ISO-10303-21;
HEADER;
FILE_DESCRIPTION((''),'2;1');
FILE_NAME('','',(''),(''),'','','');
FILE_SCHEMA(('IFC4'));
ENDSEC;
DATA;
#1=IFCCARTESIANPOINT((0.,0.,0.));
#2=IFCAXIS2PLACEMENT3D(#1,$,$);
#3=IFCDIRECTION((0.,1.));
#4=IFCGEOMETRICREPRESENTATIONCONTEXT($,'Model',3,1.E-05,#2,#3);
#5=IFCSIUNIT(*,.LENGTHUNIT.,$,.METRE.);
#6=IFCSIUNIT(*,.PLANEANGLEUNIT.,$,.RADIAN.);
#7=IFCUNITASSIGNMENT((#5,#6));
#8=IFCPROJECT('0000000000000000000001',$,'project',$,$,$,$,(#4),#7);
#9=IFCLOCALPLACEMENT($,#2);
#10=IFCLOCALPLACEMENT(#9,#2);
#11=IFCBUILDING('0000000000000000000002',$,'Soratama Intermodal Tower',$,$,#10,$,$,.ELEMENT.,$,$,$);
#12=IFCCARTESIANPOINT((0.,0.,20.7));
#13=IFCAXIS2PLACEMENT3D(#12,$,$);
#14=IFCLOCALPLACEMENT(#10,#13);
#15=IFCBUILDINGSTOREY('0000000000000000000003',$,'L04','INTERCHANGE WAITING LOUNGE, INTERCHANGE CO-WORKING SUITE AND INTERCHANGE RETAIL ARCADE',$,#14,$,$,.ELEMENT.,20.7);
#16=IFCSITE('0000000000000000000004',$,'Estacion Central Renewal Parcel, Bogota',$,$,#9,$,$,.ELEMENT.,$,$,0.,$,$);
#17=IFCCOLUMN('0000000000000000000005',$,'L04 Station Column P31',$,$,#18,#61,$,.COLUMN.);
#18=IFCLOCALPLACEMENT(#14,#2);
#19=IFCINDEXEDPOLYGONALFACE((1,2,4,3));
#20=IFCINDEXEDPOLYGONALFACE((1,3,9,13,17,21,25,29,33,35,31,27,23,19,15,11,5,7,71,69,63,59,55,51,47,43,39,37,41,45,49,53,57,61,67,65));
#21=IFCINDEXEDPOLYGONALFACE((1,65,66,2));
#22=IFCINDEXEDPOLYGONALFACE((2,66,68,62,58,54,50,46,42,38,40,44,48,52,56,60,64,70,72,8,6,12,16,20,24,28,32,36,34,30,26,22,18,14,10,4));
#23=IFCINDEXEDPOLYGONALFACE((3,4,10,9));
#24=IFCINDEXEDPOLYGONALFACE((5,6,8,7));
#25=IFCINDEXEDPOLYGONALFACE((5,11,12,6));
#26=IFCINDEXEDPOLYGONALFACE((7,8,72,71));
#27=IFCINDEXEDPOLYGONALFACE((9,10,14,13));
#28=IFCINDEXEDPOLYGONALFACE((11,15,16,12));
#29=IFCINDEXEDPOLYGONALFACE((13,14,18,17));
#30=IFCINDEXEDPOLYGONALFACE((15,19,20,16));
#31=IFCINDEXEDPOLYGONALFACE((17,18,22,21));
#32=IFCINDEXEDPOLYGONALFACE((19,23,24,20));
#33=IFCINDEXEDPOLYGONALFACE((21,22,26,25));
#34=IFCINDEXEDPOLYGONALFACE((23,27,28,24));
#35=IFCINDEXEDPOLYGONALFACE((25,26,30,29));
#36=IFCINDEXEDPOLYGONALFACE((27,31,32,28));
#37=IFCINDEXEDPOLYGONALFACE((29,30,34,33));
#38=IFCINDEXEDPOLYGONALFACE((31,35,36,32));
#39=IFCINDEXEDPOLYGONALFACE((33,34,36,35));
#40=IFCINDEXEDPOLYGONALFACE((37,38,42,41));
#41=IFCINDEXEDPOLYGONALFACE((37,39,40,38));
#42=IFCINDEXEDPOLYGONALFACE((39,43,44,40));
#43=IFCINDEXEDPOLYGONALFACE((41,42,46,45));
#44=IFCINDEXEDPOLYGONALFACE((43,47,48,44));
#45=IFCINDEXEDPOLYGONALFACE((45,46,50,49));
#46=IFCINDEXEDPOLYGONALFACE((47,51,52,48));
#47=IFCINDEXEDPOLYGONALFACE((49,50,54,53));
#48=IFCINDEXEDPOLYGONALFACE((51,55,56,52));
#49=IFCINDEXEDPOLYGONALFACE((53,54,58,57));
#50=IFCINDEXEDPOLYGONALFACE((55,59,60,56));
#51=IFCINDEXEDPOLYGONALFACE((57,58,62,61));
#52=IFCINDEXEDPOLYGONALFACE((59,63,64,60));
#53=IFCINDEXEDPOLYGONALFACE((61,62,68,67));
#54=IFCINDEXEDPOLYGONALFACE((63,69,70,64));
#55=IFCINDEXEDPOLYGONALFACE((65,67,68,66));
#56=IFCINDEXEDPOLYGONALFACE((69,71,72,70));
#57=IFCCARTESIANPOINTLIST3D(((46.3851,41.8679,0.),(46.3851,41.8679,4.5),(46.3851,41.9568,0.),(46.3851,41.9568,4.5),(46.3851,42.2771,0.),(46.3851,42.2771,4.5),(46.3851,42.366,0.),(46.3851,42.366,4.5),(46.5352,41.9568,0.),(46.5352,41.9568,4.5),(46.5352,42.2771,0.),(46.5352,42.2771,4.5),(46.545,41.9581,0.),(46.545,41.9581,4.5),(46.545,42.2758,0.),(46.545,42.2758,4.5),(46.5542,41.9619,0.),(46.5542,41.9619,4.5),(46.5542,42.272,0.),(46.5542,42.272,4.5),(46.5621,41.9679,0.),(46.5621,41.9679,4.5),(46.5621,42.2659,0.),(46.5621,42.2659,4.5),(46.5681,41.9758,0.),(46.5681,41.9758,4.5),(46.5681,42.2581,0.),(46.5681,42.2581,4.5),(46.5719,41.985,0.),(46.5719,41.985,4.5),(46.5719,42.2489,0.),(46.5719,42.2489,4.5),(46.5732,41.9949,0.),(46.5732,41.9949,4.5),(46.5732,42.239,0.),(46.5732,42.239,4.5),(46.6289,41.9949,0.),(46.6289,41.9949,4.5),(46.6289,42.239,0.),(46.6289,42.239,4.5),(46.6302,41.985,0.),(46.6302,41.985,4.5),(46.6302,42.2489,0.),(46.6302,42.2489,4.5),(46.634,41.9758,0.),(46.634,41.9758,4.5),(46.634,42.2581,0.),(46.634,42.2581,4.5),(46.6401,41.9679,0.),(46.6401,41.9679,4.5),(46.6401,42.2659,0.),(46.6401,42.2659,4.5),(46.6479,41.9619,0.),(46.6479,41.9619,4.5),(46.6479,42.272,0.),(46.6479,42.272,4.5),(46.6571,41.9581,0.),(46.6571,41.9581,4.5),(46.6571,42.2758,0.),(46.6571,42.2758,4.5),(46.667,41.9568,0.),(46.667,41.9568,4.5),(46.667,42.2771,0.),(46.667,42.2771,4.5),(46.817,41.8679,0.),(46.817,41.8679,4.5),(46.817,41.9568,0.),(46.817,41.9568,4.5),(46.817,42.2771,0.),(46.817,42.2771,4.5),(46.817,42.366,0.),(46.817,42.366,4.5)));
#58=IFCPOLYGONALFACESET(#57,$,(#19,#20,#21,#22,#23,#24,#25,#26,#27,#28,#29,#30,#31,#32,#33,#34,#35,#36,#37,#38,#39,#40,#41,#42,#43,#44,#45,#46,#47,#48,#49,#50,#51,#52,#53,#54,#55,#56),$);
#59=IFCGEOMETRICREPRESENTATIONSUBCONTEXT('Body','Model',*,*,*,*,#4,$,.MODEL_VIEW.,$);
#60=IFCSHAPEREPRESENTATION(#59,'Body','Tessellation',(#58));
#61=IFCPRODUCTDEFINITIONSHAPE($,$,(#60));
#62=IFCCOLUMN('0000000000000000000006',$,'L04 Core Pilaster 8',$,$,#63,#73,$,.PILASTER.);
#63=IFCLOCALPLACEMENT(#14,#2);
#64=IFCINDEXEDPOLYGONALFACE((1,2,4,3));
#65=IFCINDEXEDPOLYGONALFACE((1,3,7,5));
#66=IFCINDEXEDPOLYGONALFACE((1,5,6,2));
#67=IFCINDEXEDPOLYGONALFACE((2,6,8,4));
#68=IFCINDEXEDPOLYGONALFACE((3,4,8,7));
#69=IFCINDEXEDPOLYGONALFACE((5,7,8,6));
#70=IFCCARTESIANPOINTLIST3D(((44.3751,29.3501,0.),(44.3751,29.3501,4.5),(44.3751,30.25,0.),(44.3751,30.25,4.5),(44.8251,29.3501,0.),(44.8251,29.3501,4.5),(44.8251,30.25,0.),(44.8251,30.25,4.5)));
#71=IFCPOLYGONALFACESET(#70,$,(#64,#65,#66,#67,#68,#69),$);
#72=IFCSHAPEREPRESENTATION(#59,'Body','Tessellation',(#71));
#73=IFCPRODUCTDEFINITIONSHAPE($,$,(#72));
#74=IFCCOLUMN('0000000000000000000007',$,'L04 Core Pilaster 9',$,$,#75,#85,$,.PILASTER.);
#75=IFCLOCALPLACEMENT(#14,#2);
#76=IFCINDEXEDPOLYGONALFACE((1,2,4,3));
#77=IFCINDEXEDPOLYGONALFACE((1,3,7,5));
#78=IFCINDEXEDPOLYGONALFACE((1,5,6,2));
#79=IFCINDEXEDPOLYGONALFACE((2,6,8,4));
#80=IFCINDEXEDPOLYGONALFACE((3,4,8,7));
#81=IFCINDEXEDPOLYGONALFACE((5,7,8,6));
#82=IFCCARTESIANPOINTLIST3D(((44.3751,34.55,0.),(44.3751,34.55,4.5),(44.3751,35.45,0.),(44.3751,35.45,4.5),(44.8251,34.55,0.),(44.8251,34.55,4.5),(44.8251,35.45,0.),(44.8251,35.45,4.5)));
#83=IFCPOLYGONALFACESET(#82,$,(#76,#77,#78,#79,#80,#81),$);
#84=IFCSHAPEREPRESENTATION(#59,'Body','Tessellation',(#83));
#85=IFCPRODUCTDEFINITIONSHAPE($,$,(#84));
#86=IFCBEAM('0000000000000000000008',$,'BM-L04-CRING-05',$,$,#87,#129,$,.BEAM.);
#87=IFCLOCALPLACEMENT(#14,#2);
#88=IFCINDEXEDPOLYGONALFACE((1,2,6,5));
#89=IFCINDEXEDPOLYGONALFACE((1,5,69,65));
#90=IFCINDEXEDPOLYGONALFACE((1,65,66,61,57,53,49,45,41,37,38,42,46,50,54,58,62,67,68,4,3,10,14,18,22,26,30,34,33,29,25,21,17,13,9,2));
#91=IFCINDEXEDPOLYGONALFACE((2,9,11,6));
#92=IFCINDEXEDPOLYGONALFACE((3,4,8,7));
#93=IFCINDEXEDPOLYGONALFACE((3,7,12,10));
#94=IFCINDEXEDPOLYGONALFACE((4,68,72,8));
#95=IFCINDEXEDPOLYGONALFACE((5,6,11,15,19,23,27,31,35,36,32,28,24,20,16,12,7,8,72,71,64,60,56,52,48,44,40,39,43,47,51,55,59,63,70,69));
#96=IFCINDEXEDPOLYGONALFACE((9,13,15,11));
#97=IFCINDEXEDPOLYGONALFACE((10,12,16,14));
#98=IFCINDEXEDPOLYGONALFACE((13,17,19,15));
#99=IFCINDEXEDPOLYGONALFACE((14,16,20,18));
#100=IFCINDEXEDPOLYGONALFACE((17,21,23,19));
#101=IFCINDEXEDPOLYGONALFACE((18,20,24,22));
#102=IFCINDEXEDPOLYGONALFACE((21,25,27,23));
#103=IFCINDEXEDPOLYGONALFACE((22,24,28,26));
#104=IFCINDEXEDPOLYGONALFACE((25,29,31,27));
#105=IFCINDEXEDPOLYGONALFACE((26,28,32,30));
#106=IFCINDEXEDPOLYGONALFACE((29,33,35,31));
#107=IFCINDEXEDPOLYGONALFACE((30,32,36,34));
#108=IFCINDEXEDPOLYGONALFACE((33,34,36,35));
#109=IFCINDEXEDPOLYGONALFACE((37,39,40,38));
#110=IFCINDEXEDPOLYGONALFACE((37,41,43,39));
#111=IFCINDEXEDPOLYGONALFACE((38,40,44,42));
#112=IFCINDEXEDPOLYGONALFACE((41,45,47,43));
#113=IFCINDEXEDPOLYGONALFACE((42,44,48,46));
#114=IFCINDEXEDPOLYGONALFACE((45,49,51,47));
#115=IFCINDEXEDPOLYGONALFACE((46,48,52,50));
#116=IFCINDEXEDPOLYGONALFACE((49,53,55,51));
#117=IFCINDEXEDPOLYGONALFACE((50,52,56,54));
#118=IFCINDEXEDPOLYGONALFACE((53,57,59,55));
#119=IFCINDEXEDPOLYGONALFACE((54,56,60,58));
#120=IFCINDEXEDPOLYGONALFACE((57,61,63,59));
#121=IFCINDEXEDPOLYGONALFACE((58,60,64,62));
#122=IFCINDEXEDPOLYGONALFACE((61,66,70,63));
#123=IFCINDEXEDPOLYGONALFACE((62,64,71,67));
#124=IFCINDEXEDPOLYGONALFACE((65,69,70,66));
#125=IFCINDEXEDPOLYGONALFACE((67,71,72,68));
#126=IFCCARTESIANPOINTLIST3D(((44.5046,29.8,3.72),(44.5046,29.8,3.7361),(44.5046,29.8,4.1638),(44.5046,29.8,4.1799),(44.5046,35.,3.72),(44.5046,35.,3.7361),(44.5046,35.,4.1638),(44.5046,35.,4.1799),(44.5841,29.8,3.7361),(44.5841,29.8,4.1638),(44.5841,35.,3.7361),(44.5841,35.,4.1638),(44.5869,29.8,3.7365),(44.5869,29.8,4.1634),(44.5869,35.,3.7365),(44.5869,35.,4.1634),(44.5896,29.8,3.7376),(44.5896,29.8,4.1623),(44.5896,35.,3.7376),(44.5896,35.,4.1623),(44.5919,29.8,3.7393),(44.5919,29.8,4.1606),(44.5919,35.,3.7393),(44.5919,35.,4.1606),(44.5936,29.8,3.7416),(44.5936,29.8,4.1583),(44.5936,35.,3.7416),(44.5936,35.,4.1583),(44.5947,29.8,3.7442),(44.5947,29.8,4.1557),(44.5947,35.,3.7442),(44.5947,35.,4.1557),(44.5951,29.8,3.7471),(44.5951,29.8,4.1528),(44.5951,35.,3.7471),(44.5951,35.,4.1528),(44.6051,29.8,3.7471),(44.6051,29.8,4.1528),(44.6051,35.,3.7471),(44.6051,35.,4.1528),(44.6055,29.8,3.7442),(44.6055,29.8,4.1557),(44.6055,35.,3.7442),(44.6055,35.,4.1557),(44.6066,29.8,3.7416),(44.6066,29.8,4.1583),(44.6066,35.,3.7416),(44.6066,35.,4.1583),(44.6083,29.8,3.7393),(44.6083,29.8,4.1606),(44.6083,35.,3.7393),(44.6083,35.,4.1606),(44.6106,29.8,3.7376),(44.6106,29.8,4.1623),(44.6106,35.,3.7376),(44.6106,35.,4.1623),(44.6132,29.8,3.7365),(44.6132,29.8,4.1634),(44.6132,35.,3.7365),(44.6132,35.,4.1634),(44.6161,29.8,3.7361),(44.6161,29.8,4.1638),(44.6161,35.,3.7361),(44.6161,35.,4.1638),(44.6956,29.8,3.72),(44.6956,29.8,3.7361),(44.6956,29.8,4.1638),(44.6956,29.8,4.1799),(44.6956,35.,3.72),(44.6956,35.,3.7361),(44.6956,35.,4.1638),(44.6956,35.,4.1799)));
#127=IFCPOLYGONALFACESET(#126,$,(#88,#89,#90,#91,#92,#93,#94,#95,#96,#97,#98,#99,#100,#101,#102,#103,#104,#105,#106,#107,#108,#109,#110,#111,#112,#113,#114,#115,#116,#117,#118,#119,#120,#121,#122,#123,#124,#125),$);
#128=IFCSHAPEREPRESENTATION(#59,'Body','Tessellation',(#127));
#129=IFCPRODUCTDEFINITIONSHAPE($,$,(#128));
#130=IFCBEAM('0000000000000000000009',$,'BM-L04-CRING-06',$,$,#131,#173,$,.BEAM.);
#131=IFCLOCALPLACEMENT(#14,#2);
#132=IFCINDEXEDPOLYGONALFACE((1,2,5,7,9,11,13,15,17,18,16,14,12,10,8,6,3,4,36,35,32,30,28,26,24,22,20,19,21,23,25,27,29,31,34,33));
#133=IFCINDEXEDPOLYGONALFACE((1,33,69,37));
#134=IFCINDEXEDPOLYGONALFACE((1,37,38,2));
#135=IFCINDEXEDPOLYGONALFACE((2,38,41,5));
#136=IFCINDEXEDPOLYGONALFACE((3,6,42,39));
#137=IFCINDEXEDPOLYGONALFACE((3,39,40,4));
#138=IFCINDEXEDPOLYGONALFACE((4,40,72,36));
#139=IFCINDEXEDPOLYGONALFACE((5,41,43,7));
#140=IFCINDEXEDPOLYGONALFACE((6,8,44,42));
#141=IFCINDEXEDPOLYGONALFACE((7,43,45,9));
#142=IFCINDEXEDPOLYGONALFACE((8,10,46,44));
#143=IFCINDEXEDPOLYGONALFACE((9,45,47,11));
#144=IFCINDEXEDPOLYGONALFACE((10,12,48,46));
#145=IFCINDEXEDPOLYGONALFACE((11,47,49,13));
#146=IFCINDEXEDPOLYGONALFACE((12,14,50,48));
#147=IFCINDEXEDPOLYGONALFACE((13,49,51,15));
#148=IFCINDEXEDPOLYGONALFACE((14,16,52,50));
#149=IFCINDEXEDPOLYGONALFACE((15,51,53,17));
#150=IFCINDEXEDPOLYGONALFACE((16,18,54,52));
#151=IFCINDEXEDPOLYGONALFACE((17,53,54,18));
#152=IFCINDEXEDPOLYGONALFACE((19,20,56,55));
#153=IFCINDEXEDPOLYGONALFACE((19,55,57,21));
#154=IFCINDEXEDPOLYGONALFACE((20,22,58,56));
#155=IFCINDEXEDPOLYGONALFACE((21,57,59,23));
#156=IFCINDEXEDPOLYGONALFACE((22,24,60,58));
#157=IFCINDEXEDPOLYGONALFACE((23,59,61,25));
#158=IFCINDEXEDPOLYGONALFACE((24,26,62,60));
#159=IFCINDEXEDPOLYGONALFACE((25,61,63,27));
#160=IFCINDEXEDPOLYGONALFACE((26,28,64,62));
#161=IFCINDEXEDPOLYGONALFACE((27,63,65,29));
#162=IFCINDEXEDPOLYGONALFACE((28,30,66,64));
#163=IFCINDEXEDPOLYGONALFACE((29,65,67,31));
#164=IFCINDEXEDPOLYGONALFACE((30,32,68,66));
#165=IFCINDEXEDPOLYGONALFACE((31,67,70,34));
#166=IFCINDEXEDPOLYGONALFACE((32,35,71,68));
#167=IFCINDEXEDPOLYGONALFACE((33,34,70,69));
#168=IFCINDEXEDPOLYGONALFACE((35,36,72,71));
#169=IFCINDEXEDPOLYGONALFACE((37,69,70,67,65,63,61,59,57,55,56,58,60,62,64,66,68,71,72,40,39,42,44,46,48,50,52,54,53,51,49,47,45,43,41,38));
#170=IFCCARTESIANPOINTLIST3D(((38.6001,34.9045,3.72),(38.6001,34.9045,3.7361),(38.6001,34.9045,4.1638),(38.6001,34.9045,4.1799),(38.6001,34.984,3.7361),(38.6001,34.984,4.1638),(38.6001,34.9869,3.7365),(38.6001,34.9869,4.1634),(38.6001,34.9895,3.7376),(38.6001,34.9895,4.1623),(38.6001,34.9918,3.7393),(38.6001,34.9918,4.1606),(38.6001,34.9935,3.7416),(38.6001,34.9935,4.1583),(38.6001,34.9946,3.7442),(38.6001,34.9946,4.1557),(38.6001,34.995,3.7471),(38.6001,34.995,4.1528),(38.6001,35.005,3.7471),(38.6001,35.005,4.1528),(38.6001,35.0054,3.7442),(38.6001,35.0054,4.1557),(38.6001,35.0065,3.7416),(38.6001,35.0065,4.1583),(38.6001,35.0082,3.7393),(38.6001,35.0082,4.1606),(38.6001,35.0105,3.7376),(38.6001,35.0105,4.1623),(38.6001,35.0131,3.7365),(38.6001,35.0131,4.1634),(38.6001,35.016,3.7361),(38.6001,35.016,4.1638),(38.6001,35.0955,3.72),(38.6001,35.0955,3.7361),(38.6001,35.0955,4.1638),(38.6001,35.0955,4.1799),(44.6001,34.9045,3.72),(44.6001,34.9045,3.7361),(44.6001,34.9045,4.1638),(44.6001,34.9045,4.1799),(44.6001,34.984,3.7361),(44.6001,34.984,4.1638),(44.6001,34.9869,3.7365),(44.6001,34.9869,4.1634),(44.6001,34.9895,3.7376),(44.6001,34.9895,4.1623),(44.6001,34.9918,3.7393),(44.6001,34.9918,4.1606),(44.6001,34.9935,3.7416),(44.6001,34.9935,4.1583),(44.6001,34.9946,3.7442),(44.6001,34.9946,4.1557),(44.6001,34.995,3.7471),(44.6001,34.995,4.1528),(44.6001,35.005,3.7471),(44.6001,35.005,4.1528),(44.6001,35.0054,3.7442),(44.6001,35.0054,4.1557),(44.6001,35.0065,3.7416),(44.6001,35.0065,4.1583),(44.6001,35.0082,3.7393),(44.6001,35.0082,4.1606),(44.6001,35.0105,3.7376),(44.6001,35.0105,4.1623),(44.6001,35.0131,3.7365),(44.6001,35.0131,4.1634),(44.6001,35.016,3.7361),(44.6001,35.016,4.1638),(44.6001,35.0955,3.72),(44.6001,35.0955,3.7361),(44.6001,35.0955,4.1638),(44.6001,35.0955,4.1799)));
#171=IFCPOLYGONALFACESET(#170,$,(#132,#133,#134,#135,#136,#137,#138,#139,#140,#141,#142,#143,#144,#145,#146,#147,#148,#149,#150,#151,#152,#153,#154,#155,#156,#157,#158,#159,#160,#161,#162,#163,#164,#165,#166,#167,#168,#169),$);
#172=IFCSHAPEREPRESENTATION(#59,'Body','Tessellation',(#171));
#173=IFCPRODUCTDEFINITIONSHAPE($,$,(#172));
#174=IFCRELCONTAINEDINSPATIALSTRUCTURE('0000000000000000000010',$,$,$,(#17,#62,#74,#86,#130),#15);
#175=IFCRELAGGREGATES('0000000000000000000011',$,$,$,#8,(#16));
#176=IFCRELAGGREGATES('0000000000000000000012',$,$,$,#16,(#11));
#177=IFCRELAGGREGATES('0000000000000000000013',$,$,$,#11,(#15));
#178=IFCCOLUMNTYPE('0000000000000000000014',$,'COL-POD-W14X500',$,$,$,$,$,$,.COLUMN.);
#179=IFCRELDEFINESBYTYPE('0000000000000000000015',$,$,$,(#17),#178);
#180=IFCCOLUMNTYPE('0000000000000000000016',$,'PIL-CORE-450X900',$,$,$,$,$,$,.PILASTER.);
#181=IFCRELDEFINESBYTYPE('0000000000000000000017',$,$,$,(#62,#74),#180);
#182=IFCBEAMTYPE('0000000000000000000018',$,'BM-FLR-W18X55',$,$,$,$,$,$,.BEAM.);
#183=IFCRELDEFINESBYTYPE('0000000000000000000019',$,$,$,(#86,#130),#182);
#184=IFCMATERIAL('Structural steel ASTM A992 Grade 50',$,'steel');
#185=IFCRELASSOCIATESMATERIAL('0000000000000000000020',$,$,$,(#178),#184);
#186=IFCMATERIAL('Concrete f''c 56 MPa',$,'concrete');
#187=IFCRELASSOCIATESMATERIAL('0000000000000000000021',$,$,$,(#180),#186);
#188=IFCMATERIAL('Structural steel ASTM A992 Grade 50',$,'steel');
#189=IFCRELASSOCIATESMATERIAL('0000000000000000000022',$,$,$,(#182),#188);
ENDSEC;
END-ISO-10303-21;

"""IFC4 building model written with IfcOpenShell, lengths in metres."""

from ifc_helpers import new_model, si_unit, direction, frame, origin, origin_2d, place, context, subcontext, project, spatial, rectangle, i_section, extrude, material, material_profile, profile_set, type_object, element, save


model = new_model("IFC4")

# Units and contexts
model_context = context("Model", 3, precision=1e-05, world=origin(), true_north=direction((0.0, 1.0)))
body_context = subcontext(model_context, "Body", "Model", "MODEL_VIEW")
ifc_project = project(units=[si_unit("LENGTHUNIT", "METRE"), si_unit("PLANEANGLEUNIT", "RADIAN")], contexts=[model_context])

# Site, building, storey
site_placement = place(None, origin())
site = spatial("IfcSite", under=ifc_project, at=site_placement, Name="Estacion Central Renewal Parcel, Bogota", CompositionType="ELEMENT", RefElevation=0.0)
building_placement = place(site_placement, origin())
building = spatial("IfcBuilding", under=site, at=building_placement, Name="Soratama Intermodal Tower", CompositionType="ELEMENT")
storey_placement = place(building_placement, frame((0.0, 0.0, 20.7)))
storey = spatial("IfcBuildingStorey", under=building, at=storey_placement, Name="L04", Description="INTERCHANGE WAITING LOUNGE, INTERCHANGE CO-WORKING SUITE AND INTERCHANGE RETAIL ARCADE", CompositionType="ELEMENT", Elevation=20.7)

# Columns
ifc_material_1 = material(Name="Structural steel ASTM A992 Grade 50", Category="steel")
ifc_material_profile_1 = material_profile(ifc_material_1, i_section(OverallWidth=0.4319, OverallDepth=0.498, WebThickness=0.0557, FlangeThickness=0.0889, FilletRadius=0.0381, at=origin_2d()), Name="W14X500")
ifc_profile_set_1 = profile_set([ifc_material_profile_1], Name="Structural steel ASTM A992 Grade 50")
column_type_1 = type_object("IfcColumnType", Name="COL-POD-W14X500", PredefinedType="COLUMN", material=ifc_profile_set_1)
for number, where, z_axis, x_axis, name in (
    (1, (46.6011, 42.1169, 0.0), (0.0, 0.0, 1.0), (1.0, 0.0, 0.0), "L04 Station Column P31"),
):
    element("IfcColumn", number, at=place(storey_placement, frame(where, z_axis=z_axis, x_axis=x_axis)), inside=storey, type_object=column_type_1, Name=name, PredefinedType="COLUMN", context=body_context, shape_type="SweptSolid", body=[
        extrude(i_section(OverallWidth=0.4319, OverallDepth=0.498, WebThickness=0.0557, FlangeThickness=0.0889, FilletRadius=0.0381, at=origin_2d()), origin(), (0.0, 0.0, 1.0), 4.5),
    ])
ifc_material_2 = material(Name="Concrete f'c 56 MPa", Category="concrete")
ifc_material_profile_2 = material_profile(ifc_material_2, rectangle(XDim=0.45, YDim=0.8999, at=origin_2d()), Name="RC450X900")
ifc_profile_set_2 = profile_set([ifc_material_profile_2], Name="Concrete f'c 56 MPa")
column_type_2 = type_object("IfcColumnType", Name="PIL-CORE-450X900", PredefinedType="PILASTER", material=ifc_profile_set_2)
for number, where, z_axis, x_axis, name in (
    (2, (44.6001, 29.8, 0.0), (0.0, 0.0, 1.0), (1.0, 0.0, 0.0), "L04 Core Pilaster 8"),
    (3, (44.6001, 35.0, 0.0), (0.0, 0.0, 1.0), (1.0, 0.0, 0.0), "L04 Core Pilaster 9"),
):
    element("IfcColumn", number, at=place(storey_placement, frame(where, z_axis=z_axis, x_axis=x_axis)), inside=storey, type_object=column_type_2, Name=name, PredefinedType="PILASTER", context=body_context, shape_type="SweptSolid", body=[
        extrude(rectangle(XDim=0.45, YDim=0.8999, at=origin_2d()), origin(), (0.0, 0.0, 1.0), 4.5),
    ])

# Beams
ifc_material_3 = material(Name="Structural steel ASTM A992 Grade 50", Category="steel")
ifc_material_profile_3 = material_profile(ifc_material_3, i_section(OverallWidth=0.1909, OverallDepth=0.46, WebThickness=0.01, FlangeThickness=0.0161, FilletRadius=0.011, at=origin_2d()), Name="W18X55")
ifc_profile_set_3 = profile_set([ifc_material_profile_3], Name="Structural steel ASTM A992 Grade 50")
beam_type_1 = type_object("IfcBeamType", Name="BM-FLR-W18X55", PredefinedType="BEAM", material=ifc_profile_set_3)
beam_1_placement = place(storey_placement, frame((44.6001, 29.8, 3.95), z_axis=(0.0, 1.0, 0.0), x_axis=(-1.0, 0.0, 0.0)))
element("IfcBeam", 4, at=beam_1_placement, inside=storey, type_object=beam_type_1, Name="BM-L04-CRING-05", PredefinedType="BEAM", context=body_context, shape_type="SweptSolid", body=[
    extrude(i_section(OverallWidth=0.1909, OverallDepth=0.46, WebThickness=0.01, FlangeThickness=0.0161, FilletRadius=0.011, at=origin_2d()), origin(), (0.0, 0.0, 1.0), 5.2),
])
beam_2_placement = place(storey_placement, frame((44.6001, 35.0, 3.95), z_axis=(-1.0, 0.0, 0.0), x_axis=(0.0, -1.0, 0.0)))
element("IfcBeam", 5, at=beam_2_placement, inside=storey, type_object=beam_type_1, Name="BM-L04-CRING-06", PredefinedType="BEAM", context=body_context, shape_type="SweptSolid", body=[
    extrude(i_section(OverallWidth=0.1909, OverallDepth=0.46, WebThickness=0.01, FlangeThickness=0.0161, FilletRadius=0.011, at=origin_2d()), origin(), (0.0, 0.0, 1.0), 6.0),
])

save(model, "model.ifc")
